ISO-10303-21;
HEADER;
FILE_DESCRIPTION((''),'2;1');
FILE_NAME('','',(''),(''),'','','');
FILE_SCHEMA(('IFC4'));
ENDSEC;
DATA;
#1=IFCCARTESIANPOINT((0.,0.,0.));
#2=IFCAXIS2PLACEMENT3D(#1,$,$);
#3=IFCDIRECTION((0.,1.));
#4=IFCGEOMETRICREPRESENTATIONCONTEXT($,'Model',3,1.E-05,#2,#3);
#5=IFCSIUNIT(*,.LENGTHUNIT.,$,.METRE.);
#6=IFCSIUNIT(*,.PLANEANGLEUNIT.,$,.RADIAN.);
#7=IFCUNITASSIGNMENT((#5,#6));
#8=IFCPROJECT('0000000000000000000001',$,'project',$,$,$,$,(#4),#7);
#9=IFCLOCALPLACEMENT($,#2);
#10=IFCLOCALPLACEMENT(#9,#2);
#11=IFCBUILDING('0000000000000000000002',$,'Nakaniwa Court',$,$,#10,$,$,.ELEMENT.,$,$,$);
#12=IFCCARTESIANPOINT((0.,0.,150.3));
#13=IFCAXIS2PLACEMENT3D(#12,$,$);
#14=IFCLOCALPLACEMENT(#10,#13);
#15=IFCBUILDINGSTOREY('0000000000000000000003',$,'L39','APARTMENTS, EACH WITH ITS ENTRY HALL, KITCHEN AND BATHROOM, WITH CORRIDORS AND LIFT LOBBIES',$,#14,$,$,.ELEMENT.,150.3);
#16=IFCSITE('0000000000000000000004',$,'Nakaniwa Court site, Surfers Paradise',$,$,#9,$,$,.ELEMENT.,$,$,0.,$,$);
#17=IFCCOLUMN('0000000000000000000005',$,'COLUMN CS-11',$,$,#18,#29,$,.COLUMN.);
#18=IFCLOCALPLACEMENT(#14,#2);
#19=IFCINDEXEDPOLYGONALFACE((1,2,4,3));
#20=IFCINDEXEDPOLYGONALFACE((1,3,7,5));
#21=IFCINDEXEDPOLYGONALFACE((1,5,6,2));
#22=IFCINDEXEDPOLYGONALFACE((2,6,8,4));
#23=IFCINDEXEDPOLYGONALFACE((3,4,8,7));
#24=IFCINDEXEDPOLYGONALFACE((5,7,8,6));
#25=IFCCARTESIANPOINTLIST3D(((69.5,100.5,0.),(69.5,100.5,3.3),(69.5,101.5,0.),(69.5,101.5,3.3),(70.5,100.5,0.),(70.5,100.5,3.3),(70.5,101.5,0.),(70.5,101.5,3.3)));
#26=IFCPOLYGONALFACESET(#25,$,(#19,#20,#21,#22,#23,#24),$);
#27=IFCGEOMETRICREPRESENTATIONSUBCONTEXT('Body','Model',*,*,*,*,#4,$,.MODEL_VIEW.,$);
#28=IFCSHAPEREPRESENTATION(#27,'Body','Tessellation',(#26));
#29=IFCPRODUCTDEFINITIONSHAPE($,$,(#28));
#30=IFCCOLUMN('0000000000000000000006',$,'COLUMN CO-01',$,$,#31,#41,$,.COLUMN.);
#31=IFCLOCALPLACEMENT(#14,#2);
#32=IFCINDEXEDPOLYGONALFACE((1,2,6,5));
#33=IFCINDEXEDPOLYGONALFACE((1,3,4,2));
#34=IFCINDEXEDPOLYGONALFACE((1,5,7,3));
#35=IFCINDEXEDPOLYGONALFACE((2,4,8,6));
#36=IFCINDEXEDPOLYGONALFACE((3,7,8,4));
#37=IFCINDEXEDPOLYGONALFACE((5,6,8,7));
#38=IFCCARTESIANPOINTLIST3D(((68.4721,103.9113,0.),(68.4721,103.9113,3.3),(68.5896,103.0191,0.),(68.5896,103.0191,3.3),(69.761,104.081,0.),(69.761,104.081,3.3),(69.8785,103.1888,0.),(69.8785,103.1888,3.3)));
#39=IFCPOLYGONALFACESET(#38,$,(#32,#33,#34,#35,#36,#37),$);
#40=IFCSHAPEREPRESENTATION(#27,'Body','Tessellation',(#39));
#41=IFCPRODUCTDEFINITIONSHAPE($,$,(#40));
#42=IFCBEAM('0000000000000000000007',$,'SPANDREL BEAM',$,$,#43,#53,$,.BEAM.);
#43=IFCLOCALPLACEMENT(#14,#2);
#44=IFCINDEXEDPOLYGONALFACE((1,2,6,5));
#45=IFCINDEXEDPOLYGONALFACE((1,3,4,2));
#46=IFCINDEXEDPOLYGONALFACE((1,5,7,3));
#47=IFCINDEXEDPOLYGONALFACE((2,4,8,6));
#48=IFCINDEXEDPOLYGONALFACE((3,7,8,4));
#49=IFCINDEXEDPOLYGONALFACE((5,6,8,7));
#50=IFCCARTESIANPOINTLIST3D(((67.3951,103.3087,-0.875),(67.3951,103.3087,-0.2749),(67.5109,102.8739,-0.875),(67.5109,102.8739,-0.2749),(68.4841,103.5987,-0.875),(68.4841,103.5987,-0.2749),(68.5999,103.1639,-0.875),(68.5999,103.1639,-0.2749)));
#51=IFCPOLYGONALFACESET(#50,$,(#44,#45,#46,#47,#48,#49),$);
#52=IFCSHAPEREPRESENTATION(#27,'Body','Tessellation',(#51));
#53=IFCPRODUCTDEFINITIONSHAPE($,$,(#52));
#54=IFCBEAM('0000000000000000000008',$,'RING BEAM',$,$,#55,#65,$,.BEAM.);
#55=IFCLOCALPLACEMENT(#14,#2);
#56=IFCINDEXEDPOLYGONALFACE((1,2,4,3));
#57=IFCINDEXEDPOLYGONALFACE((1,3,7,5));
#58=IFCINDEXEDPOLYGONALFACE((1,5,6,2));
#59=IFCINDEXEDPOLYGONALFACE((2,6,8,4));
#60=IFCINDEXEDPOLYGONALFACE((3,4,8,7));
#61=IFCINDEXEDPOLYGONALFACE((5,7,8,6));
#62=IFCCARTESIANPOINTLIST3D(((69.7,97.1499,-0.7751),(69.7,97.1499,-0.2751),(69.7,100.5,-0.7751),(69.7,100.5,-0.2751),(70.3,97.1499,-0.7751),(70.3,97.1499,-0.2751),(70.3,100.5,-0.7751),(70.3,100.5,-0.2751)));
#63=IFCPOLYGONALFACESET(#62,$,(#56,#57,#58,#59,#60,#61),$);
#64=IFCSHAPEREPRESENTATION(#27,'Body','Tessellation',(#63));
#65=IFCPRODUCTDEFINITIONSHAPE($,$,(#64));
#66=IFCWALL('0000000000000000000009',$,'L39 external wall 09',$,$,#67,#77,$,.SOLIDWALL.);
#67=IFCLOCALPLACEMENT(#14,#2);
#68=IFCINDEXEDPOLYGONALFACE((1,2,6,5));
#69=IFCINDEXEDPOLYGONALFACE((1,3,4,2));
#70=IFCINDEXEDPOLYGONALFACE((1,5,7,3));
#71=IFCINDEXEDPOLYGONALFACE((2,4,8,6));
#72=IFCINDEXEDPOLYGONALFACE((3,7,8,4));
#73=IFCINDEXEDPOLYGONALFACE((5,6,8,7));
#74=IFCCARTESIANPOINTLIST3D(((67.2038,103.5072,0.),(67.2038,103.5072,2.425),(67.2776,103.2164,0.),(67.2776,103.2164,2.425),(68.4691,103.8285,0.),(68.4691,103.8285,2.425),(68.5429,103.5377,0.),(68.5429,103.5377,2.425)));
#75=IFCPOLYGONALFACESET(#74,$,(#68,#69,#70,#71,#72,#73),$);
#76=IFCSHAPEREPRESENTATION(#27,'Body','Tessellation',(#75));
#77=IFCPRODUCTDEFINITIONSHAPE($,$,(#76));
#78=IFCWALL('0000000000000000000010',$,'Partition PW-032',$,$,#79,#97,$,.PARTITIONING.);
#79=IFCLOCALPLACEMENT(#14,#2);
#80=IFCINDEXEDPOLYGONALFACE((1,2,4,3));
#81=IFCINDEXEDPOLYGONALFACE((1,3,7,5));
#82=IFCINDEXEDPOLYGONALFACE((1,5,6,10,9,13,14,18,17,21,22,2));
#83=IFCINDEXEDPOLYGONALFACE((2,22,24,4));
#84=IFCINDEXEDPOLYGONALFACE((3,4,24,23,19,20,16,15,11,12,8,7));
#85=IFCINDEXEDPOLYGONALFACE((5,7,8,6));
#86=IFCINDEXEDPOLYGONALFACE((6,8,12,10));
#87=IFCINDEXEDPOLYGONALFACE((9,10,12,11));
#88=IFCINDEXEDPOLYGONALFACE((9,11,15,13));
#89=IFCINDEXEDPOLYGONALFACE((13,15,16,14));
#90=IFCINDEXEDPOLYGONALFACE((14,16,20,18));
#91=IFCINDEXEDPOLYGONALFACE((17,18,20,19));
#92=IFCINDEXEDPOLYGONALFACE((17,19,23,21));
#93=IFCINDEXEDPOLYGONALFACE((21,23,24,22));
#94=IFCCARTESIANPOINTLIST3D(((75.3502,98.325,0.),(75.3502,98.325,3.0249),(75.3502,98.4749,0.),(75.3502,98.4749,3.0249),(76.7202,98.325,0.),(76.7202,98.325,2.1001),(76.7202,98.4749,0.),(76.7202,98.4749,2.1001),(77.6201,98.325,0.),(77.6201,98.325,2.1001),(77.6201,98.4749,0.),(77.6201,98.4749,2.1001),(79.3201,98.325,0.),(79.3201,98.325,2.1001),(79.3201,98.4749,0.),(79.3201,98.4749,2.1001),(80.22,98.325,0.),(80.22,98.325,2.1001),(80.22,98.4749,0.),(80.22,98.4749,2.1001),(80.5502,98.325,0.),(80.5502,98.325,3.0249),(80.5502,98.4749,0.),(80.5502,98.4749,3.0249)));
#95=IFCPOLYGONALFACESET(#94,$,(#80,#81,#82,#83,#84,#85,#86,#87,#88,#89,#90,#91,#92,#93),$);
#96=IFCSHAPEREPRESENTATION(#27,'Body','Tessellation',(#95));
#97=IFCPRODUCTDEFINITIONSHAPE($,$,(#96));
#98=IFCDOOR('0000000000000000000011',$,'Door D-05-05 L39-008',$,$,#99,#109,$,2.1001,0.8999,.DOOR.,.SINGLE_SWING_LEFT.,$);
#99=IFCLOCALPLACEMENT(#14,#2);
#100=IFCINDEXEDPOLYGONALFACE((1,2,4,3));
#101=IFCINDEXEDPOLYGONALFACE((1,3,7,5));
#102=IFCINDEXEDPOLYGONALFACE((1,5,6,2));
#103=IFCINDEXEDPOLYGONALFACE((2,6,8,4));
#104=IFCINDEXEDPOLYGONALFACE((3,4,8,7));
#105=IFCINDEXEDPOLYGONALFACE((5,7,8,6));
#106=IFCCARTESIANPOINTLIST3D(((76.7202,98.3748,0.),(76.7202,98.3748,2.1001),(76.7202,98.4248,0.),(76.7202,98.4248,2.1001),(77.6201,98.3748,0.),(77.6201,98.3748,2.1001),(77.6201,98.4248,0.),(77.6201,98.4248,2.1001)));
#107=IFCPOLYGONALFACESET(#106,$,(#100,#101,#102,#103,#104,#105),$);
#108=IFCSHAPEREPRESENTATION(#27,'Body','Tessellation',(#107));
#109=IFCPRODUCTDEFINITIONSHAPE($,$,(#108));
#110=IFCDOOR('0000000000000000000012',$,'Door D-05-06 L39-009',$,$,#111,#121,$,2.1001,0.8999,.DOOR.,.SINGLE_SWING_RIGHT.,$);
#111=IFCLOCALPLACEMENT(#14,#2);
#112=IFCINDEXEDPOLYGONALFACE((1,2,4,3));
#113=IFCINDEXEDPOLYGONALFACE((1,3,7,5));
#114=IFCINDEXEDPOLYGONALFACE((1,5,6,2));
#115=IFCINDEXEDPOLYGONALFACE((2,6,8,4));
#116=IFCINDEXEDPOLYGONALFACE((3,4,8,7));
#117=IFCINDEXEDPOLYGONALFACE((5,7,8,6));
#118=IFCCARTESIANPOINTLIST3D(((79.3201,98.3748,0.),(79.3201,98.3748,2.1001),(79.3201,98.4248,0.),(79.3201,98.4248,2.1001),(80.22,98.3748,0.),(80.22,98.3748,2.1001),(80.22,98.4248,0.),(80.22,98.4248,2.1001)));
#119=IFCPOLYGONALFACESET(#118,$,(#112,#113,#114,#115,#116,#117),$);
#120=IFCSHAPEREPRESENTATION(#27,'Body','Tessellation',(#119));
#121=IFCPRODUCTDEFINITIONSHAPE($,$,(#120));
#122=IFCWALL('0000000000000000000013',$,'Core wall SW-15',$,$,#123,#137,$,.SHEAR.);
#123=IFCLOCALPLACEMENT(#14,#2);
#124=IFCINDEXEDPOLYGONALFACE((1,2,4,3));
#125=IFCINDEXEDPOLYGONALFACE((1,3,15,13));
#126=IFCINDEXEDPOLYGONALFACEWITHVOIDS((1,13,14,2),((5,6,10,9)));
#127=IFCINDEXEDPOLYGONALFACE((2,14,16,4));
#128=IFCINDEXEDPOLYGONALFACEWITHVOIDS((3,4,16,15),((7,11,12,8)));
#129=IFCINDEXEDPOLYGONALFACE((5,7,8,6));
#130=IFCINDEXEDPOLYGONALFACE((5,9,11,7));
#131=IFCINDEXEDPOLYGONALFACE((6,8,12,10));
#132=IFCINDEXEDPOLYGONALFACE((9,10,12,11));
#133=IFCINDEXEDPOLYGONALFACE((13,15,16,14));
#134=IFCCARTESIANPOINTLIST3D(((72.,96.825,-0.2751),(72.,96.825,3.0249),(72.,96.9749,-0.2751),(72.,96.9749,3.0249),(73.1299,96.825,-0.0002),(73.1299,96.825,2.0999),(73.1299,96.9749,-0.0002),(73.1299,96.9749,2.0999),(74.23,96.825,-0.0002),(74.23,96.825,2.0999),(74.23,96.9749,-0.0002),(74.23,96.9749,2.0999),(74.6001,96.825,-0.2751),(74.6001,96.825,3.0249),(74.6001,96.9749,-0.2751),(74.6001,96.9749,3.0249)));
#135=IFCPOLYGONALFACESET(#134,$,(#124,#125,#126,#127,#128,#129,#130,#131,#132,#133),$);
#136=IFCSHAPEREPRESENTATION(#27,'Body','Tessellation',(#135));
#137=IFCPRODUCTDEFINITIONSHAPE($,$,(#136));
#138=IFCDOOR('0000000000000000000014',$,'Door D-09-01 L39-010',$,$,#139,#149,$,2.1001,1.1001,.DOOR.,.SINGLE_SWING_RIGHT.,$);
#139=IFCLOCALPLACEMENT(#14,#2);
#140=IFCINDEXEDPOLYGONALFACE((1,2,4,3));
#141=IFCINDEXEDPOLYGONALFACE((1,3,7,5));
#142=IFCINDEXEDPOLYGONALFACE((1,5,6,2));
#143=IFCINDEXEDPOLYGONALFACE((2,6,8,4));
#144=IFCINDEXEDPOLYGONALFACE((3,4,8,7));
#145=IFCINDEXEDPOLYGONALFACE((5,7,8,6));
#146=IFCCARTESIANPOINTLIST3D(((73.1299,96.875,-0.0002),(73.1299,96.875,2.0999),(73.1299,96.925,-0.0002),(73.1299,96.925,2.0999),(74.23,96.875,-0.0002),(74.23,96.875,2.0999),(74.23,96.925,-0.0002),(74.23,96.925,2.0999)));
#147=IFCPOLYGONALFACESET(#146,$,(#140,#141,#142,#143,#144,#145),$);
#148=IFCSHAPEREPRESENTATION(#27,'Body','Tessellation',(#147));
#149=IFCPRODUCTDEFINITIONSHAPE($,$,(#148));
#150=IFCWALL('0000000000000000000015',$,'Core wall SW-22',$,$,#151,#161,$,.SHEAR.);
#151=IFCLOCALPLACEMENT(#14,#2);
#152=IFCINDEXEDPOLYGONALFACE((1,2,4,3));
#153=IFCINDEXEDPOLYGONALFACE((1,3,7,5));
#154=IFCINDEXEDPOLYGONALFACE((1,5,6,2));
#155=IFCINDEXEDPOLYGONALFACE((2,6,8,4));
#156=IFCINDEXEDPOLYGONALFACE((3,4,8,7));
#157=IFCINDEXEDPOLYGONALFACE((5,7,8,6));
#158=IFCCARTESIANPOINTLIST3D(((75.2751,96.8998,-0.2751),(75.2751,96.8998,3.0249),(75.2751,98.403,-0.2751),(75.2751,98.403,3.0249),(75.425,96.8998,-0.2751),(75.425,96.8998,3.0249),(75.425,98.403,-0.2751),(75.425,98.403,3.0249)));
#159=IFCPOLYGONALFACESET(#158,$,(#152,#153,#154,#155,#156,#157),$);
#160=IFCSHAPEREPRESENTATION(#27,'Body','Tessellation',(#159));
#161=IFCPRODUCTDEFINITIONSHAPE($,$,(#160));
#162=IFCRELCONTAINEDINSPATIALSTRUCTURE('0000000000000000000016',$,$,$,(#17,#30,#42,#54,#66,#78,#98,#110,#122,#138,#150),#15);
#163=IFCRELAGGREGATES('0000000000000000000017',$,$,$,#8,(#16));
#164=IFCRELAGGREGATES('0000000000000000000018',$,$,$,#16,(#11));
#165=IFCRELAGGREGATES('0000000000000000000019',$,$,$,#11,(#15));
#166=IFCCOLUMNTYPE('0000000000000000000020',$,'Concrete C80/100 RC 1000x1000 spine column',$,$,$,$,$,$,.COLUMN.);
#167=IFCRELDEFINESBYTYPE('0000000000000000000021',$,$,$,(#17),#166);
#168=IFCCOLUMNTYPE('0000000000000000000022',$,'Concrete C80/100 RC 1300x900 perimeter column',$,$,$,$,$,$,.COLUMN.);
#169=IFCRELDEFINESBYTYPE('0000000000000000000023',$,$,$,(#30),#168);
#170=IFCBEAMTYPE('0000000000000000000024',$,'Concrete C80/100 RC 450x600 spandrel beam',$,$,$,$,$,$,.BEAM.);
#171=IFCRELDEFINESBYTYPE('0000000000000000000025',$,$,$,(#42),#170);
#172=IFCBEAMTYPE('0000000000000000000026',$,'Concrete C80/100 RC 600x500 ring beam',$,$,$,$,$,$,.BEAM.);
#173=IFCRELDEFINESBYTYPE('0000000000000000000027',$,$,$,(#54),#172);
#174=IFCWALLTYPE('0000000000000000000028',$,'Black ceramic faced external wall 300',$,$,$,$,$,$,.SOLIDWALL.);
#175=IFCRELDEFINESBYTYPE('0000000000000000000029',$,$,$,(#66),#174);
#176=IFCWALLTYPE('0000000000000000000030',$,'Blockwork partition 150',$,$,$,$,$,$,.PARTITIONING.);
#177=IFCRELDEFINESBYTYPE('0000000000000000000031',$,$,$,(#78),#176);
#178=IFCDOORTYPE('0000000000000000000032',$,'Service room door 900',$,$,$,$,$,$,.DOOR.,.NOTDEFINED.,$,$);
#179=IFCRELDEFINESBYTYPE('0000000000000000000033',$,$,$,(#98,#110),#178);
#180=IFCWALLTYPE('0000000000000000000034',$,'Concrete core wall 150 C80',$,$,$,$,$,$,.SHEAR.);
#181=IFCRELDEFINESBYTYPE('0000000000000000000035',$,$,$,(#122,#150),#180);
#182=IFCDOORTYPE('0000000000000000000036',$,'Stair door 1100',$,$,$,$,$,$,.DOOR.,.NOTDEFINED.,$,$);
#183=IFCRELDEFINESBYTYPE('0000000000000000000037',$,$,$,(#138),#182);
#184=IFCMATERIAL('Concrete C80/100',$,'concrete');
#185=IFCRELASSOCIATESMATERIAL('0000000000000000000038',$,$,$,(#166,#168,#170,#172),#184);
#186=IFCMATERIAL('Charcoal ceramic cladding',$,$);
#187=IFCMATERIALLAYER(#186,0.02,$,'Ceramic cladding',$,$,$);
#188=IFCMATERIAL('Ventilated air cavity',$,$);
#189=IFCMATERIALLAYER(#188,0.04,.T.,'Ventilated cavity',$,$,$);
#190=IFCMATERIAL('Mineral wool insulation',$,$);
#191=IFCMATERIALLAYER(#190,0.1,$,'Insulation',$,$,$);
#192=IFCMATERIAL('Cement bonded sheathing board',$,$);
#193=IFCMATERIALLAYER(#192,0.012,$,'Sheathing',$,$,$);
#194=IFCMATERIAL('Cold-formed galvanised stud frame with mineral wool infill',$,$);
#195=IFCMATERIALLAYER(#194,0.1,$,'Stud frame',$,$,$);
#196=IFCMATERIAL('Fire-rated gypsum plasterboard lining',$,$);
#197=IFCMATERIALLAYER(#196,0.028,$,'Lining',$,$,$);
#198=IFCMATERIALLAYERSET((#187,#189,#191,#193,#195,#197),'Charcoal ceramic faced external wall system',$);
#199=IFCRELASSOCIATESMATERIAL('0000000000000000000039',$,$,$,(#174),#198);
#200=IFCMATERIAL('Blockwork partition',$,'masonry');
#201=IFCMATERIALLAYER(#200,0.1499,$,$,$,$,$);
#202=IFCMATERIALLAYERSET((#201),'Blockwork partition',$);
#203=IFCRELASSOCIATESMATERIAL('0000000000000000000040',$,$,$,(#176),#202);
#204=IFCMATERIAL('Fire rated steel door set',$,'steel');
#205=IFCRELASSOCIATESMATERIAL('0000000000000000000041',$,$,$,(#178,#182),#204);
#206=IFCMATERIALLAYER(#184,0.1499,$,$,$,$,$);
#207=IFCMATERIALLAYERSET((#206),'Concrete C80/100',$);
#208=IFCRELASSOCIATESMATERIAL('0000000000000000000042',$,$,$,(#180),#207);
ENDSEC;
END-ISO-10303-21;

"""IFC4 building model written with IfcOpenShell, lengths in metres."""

from ifc_helpers import new_model, si_unit, direction, frame, frame_2d, origin, origin_2d, place, context, subcontext, project, spatial, rectangle, extrude, material, layer, layer_set, material_profile, profile_set, type_object, element, fill, save


model = new_model("IFC4")

# Units and contexts
model_context = context("Model", 3, precision=1e-05, world=origin(), true_north=direction((0.0, 1.0)))
body_context = subcontext(model_context, "Body", "Model", "MODEL_VIEW")
ifc_project = project(units=[si_unit("LENGTHUNIT", "METRE"), si_unit("PLANEANGLEUNIT", "RADIAN")], contexts=[model_context])

# Site, building, storey
site_placement = place(None, origin())
site = spatial("IfcSite", under=ifc_project, at=site_placement, Name="Nakaniwa Court site, Surfers Paradise", CompositionType="ELEMENT", RefElevation=0.0)
building_placement = place(site_placement, origin())
building = spatial("IfcBuilding", under=site, at=building_placement, Name="Nakaniwa Court", CompositionType="ELEMENT")
storey_placement = place(building_placement, frame((0.0, 0.0, 150.3)))
storey = spatial("IfcBuildingStorey", under=building, at=storey_placement, Name="L39", Description="APARTMENTS, EACH WITH ITS ENTRY HALL, KITCHEN AND BATHROOM, WITH CORRIDORS AND LIFT LOBBIES", CompositionType="ELEMENT", Elevation=150.3)

# Columns
ifc_material_1 = material(Name="Concrete C80/100", Category="concrete")
ifc_material_profile_1 = material_profile(ifc_material_1, rectangle(XDim=1.0, YDim=1.0, at=origin_2d()), Name="Concrete C80/100 RC 1000x1000 spine column")
ifc_profile_set_1 = profile_set([ifc_material_profile_1], Name="Concrete C80/100")
column_type_1 = type_object("IfcColumnType", Name="Concrete C80/100 RC 1000x1000 spine column", PredefinedType="COLUMN", material=ifc_profile_set_1)
column_1_placement = place(storey_placement, frame((70.0, 101.0, 0.0), z_axis=(0.0, 0.0, 1.0), x_axis=(0.0, -1.0, 0.0)))
element("IfcColumn", 1, at=column_1_placement, inside=storey, type_object=column_type_1, Name="COLUMN CS-11", PredefinedType="COLUMN", context=body_context, shape_type="SweptSolid", body=[
    extrude(rectangle(XDim=1.0, YDim=1.0, at=origin_2d()), origin(), (0.0, 0.0, 1.0), 3.3),
])
ifc_material_profile_2 = material_profile(ifc_material_1, rectangle(XDim=1.3, YDim=0.8999, at=origin_2d()), Name="Concrete C80/100 RC 1300x900 perimeter column")
ifc_profile_set_2 = profile_set([ifc_material_profile_2], Name="Concrete C80/100")
column_type_2 = type_object("IfcColumnType", Name="Concrete C80/100 RC 1300x900 perimeter column", PredefinedType="COLUMN", material=ifc_profile_set_2)
column_2_placement = place(storey_placement, frame((69.1753, 103.55, 0.0), z_axis=(0.0, 0.0, 1.0), x_axis=(-0.991443, -0.130543, 0.0)))
element("IfcColumn", 2, at=column_2_placement, inside=storey, type_object=column_type_2, Name="COLUMN CO-01", PredefinedType="COLUMN", context=body_context, shape_type="SweptSolid", body=[
    extrude(rectangle(XDim=1.3, YDim=0.8999, at=origin_2d()), origin(), (0.0, 0.0, 1.0), 3.3),
])

# Beams
ifc_material_profile_3 = material_profile(ifc_material_1, rectangle(XDim=0.45, YDim=0.6001, at=origin_2d()), Name="Concrete C80/100 RC 450x600 spandrel beam")
ifc_profile_set_3 = profile_set([ifc_material_profile_3], Name="Concrete C80/100")
beam_type_1 = type_object("IfcBeamType", Name="Concrete C80/100 RC 450x600 spandrel beam", PredefinedType="BEAM", material=ifc_profile_set_3)
beam_1_placement = place(storey_placement, frame((68.542, 103.3813, -0.575), z_axis=(-0.966321, -0.257339, 0.0), x_axis=(0.257339, -0.966321, 0.0)))
element("IfcBeam", 3, at=beam_1_placement, inside=storey, type_object=beam_type_1, Name="SPANDREL BEAM", PredefinedType="BEAM", context=body_context, shape_type="SweptSolid", body=[
    extrude(rectangle(XDim=0.45, YDim=0.6001, at=origin_2d()), origin(), (0.0, 0.0, 1.0), 1.127),
])
ifc_material_profile_4 = material_profile(ifc_material_1, rectangle(XDim=0.6001, YDim=0.5, at=origin_2d()), Name="Concrete C80/100 RC 600x500 ring beam")
ifc_profile_set_4 = profile_set([ifc_material_profile_4], Name="Concrete C80/100")
beam_type_2 = type_object("IfcBeamType", Name="Concrete C80/100 RC 600x500 ring beam", PredefinedType="BEAM", material=ifc_profile_set_4)
beam_2_placement = place(storey_placement, frame((70.0, 100.5, -0.5251), z_axis=(0.0, -1.0, 0.0), x_axis=(1.0, 0.0, 0.0)))
element("IfcBeam", 4, at=beam_2_placement, inside=storey, type_object=beam_type_2, Name="RING BEAM", PredefinedType="BEAM", context=body_context, shape_type="SweptSolid", body=[
    extrude(rectangle(XDim=0.6001, YDim=0.5, at=origin_2d()), origin(), (0.0, 0.0, 1.0), 3.3501),
])

# Wall
ifc_material_2 = material(Name="Charcoal ceramic cladding")
ifc_layer_1 = layer(ifc_material_2, 0.02, Name="Ceramic cladding")
ifc_material_3 = material(Name="Ventilated air cavity")
ifc_layer_2 = layer(ifc_material_3, 0.04, ventilated=True, Name="Ventilated cavity")
ifc_material_4 = material(Name="Mineral wool insulation")
ifc_layer_3 = layer(ifc_material_4, 0.1, Name="Insulation")
ifc_material_5 = material(Name="Cement bonded sheathing board")
ifc_layer_4 = layer(ifc_material_5, 0.012, Name="Sheathing")
ifc_material_6 = material(Name="Cold-formed galvanised stud frame with mineral wool infill")
ifc_layer_5 = layer(ifc_material_6, 0.1, Name="Stud frame")
ifc_material_7 = material(Name="Fire-rated gypsum plasterboard lining")
ifc_layer_6 = layer(ifc_material_7, 0.028, Name="Lining")
ifc_layer_set_1 = layer_set([ifc_layer_1, ifc_layer_2, ifc_layer_3, ifc_layer_4, ifc_layer_5, ifc_layer_6], Name="Charcoal ceramic faced external wall system")
wall_type_1 = type_object("IfcWallType", Name="Black ceramic faced external wall 300", PredefinedType="SOLIDWALL", material=ifc_layer_set_1)
wall_1_placement = place(storey_placement, frame((68.5061, 103.6831, 0.0), z_axis=(0.0, 0.0, 1.0), x_axis=(-0.969245, -0.246098, 0.0)))
element("IfcWall", 5, at=wall_1_placement, inside=storey, type_object=wall_type_1, Name="L39 external wall 09", PredefinedType="SOLIDWALL", context=body_context, shape_type="SweptSolid", body=[
    extrude(rectangle(XDim=1.3054, YDim=0.3, at=frame_2d((0.6528, 0.0))), origin(), (0.0, 0.0, 1.0), 2.425),
])

# Wall, openings, doors
ifc_material_8 = material(Name="Blockwork partition", Category="masonry")
ifc_layer_7 = layer(ifc_material_8, 0.1499)
ifc_layer_set_2 = layer_set([ifc_layer_7], Name="Blockwork partition")
wall_type_2 = type_object("IfcWallType", Name="Blockwork partition 150", PredefinedType="PARTITIONING", material=ifc_layer_set_2)
wall_2_placement = place(storey_placement, frame((75.3501, 98.3999, 0.0), z_axis=(0.0, 0.0, 1.0), x_axis=(1.0, 0.0, 0.0)))
wall_2 = element("IfcWall", 6, at=wall_2_placement, inside=storey, type_object=wall_type_2, Name="Partition PW-032", PredefinedType="PARTITIONING", context=body_context, shape_type="SweptSolid", body=[
    extrude(rectangle(XDim=5.2, YDim=0.1499, at=frame_2d((2.6001, 0.0))), origin(), (0.0, 0.0, 1.0), 3.0249),
])
opening_1_placement = place(wall_2_placement, frame((1.3701, 0.0, 0.0)))
opening_1 = element("IfcOpeningElement", 7, at=opening_1_placement, cuts=wall_2, PredefinedType="OPENING", context=body_context, shape_type="SweptSolid", body=[
    extrude(rectangle(XDim=0.8999, YDim=2.1001, at=frame_2d((0.45, 1.05))), frame((0.0, 0.085, 0.0), z_axis=(0.0, -1.0, 0.0), x_axis=(1.0, 0.0, 0.0)), (0.0, 0.0, 1.0), 0.1699),
])
opening_2_placement = place(wall_2_placement, frame((3.97, 0.0, 0.0)))
opening_2 = element("IfcOpeningElement", 8, at=opening_2_placement, cuts=wall_2, PredefinedType="OPENING", context=body_context, shape_type="SweptSolid", body=[
    extrude(rectangle(XDim=0.8999, YDim=2.1001, at=frame_2d((0.45, 1.05))), frame((0.0, 0.085, 0.0), z_axis=(0.0, -1.0, 0.0), x_axis=(1.0, 0.0, 0.0)), (0.0, 0.0, 1.0), 0.1699),
])
ifc_material_9 = material(Name="Fire rated steel door set", Category="steel")
door_type_1 = type_object("IfcDoorType", Name="Service room door 900", OperationType="NOTDEFINED", PredefinedType="DOOR", material=ifc_material_9)
door_1_placement = place(opening_1_placement, origin())
door_1 = element("IfcDoor", 9, at=door_1_placement, inside=storey, type_object=door_type_1, Name="Door D-05-05 L39-008", OperationType="SINGLE_SWING_LEFT", OverallHeight=2.1001, OverallWidth=0.8999, PredefinedType="DOOR", context=body_context, shape_type="SweptSolid", body=[
    extrude(rectangle(XDim=0.8999, YDim=2.1001, at=frame_2d((0.45, 1.05))), frame((0.0, 0.0249, 0.0), z_axis=(0.0, -1.0, 0.0), x_axis=(1.0, 0.0, 0.0)), (0.0, 0.0, 1.0), 0.05),
])
fill(opening_1, door_1)
door_2_placement = place(opening_2_placement, origin())
door_2 = element("IfcDoor", 10, at=door_2_placement, inside=storey, type_object=door_type_1, Name="Door D-05-06 L39-009", OperationType="SINGLE_SWING_RIGHT", OverallHeight=2.1001, OverallWidth=0.8999, PredefinedType="DOOR", context=body_context, shape_type="SweptSolid", body=[
    extrude(rectangle(XDim=0.8999, YDim=2.1001, at=frame_2d((0.45, 1.05))), frame((0.0, 0.0249, 0.0), z_axis=(0.0, -1.0, 0.0), x_axis=(1.0, 0.0, 0.0)), (0.0, 0.0, 1.0), 0.05),
])
fill(opening_2, door_2)

# Wall, opening, door
ifc_layer_8 = layer(ifc_material_1, 0.1499)
ifc_layer_set_3 = layer_set([ifc_layer_8], Name="Concrete C80/100")
wall_type_3 = type_object("IfcWallType", Name="Concrete core wall 150 C80", PredefinedType="SHEAR", material=ifc_layer_set_3)
wall_3_placement = place(storey_placement, frame((74.6001, 96.8999, -0.2751), z_axis=(0.0, 0.0, 1.0), x_axis=(-1.0, 0.0, 0.0)))
wall_3 = element("IfcWall", 11, at=wall_3_placement, inside=storey, type_object=wall_type_3, Name="Core wall SW-15", PredefinedType="SHEAR", context=body_context, shape_type="SweptSolid", body=[
    extrude(rectangle(XDim=2.6001, YDim=0.1499, at=frame_2d((1.3, 0.0))), origin(), (0.0, 0.0, 1.0), 3.3),
])
opening_3_placement = place(wall_3_placement, frame((0.3701, 0.0, 0.2749)))
opening_3 = element("IfcOpeningElement", 12, at=opening_3_placement, cuts=wall_3, PredefinedType="OPENING", context=body_context, shape_type="SweptSolid", body=[
    extrude(rectangle(XDim=1.1001, YDim=2.1001, at=frame_2d((0.55, 1.05))), frame((0.0, 0.085, 0.0), z_axis=(0.0, -1.0, 0.0), x_axis=(1.0, 0.0, 0.0)), (0.0, 0.0, 1.0), 0.1699),
])
door_type_2 = type_object("IfcDoorType", Name="Stair door 1100", OperationType="NOTDEFINED", PredefinedType="DOOR", material=ifc_material_9)
door_3_placement = place(opening_3_placement, origin())
door_3 = element("IfcDoor", 13, at=door_3_placement, inside=storey, type_object=door_type_2, Name="Door D-09-01 L39-010", OperationType="SINGLE_SWING_RIGHT", OverallHeight=2.1001, OverallWidth=1.1001, PredefinedType="DOOR", context=body_context, shape_type="SweptSolid", body=[
    extrude(rectangle(XDim=1.1001, YDim=2.1001, at=frame_2d((0.55, 1.05))), frame((0.0, 0.0249, 0.0), z_axis=(0.0, -1.0, 0.0), x_axis=(1.0, 0.0, 0.0)), (0.0, 0.0, 1.0), 0.05),
])
fill(opening_3, door_3)

# Wall
wall_4_placement = place(storey_placement, frame((75.3501, 96.8999, -0.2751), z_axis=(0.0, 0.0, 1.0), x_axis=(0.0, 1.0, 0.0)))
element("IfcWall", 14, at=wall_4_placement, inside=storey, type_object=wall_type_3, Name="Core wall SW-22", PredefinedType="SHEAR", context=body_context, shape_type="SweptSolid", body=[
    extrude(rectangle(XDim=1.5032, YDim=0.1499, at=frame_2d((0.7515, 0.0))), origin(), (0.0, 0.0, 1.0), 3.3),
])

save(model, "model.ifc")
